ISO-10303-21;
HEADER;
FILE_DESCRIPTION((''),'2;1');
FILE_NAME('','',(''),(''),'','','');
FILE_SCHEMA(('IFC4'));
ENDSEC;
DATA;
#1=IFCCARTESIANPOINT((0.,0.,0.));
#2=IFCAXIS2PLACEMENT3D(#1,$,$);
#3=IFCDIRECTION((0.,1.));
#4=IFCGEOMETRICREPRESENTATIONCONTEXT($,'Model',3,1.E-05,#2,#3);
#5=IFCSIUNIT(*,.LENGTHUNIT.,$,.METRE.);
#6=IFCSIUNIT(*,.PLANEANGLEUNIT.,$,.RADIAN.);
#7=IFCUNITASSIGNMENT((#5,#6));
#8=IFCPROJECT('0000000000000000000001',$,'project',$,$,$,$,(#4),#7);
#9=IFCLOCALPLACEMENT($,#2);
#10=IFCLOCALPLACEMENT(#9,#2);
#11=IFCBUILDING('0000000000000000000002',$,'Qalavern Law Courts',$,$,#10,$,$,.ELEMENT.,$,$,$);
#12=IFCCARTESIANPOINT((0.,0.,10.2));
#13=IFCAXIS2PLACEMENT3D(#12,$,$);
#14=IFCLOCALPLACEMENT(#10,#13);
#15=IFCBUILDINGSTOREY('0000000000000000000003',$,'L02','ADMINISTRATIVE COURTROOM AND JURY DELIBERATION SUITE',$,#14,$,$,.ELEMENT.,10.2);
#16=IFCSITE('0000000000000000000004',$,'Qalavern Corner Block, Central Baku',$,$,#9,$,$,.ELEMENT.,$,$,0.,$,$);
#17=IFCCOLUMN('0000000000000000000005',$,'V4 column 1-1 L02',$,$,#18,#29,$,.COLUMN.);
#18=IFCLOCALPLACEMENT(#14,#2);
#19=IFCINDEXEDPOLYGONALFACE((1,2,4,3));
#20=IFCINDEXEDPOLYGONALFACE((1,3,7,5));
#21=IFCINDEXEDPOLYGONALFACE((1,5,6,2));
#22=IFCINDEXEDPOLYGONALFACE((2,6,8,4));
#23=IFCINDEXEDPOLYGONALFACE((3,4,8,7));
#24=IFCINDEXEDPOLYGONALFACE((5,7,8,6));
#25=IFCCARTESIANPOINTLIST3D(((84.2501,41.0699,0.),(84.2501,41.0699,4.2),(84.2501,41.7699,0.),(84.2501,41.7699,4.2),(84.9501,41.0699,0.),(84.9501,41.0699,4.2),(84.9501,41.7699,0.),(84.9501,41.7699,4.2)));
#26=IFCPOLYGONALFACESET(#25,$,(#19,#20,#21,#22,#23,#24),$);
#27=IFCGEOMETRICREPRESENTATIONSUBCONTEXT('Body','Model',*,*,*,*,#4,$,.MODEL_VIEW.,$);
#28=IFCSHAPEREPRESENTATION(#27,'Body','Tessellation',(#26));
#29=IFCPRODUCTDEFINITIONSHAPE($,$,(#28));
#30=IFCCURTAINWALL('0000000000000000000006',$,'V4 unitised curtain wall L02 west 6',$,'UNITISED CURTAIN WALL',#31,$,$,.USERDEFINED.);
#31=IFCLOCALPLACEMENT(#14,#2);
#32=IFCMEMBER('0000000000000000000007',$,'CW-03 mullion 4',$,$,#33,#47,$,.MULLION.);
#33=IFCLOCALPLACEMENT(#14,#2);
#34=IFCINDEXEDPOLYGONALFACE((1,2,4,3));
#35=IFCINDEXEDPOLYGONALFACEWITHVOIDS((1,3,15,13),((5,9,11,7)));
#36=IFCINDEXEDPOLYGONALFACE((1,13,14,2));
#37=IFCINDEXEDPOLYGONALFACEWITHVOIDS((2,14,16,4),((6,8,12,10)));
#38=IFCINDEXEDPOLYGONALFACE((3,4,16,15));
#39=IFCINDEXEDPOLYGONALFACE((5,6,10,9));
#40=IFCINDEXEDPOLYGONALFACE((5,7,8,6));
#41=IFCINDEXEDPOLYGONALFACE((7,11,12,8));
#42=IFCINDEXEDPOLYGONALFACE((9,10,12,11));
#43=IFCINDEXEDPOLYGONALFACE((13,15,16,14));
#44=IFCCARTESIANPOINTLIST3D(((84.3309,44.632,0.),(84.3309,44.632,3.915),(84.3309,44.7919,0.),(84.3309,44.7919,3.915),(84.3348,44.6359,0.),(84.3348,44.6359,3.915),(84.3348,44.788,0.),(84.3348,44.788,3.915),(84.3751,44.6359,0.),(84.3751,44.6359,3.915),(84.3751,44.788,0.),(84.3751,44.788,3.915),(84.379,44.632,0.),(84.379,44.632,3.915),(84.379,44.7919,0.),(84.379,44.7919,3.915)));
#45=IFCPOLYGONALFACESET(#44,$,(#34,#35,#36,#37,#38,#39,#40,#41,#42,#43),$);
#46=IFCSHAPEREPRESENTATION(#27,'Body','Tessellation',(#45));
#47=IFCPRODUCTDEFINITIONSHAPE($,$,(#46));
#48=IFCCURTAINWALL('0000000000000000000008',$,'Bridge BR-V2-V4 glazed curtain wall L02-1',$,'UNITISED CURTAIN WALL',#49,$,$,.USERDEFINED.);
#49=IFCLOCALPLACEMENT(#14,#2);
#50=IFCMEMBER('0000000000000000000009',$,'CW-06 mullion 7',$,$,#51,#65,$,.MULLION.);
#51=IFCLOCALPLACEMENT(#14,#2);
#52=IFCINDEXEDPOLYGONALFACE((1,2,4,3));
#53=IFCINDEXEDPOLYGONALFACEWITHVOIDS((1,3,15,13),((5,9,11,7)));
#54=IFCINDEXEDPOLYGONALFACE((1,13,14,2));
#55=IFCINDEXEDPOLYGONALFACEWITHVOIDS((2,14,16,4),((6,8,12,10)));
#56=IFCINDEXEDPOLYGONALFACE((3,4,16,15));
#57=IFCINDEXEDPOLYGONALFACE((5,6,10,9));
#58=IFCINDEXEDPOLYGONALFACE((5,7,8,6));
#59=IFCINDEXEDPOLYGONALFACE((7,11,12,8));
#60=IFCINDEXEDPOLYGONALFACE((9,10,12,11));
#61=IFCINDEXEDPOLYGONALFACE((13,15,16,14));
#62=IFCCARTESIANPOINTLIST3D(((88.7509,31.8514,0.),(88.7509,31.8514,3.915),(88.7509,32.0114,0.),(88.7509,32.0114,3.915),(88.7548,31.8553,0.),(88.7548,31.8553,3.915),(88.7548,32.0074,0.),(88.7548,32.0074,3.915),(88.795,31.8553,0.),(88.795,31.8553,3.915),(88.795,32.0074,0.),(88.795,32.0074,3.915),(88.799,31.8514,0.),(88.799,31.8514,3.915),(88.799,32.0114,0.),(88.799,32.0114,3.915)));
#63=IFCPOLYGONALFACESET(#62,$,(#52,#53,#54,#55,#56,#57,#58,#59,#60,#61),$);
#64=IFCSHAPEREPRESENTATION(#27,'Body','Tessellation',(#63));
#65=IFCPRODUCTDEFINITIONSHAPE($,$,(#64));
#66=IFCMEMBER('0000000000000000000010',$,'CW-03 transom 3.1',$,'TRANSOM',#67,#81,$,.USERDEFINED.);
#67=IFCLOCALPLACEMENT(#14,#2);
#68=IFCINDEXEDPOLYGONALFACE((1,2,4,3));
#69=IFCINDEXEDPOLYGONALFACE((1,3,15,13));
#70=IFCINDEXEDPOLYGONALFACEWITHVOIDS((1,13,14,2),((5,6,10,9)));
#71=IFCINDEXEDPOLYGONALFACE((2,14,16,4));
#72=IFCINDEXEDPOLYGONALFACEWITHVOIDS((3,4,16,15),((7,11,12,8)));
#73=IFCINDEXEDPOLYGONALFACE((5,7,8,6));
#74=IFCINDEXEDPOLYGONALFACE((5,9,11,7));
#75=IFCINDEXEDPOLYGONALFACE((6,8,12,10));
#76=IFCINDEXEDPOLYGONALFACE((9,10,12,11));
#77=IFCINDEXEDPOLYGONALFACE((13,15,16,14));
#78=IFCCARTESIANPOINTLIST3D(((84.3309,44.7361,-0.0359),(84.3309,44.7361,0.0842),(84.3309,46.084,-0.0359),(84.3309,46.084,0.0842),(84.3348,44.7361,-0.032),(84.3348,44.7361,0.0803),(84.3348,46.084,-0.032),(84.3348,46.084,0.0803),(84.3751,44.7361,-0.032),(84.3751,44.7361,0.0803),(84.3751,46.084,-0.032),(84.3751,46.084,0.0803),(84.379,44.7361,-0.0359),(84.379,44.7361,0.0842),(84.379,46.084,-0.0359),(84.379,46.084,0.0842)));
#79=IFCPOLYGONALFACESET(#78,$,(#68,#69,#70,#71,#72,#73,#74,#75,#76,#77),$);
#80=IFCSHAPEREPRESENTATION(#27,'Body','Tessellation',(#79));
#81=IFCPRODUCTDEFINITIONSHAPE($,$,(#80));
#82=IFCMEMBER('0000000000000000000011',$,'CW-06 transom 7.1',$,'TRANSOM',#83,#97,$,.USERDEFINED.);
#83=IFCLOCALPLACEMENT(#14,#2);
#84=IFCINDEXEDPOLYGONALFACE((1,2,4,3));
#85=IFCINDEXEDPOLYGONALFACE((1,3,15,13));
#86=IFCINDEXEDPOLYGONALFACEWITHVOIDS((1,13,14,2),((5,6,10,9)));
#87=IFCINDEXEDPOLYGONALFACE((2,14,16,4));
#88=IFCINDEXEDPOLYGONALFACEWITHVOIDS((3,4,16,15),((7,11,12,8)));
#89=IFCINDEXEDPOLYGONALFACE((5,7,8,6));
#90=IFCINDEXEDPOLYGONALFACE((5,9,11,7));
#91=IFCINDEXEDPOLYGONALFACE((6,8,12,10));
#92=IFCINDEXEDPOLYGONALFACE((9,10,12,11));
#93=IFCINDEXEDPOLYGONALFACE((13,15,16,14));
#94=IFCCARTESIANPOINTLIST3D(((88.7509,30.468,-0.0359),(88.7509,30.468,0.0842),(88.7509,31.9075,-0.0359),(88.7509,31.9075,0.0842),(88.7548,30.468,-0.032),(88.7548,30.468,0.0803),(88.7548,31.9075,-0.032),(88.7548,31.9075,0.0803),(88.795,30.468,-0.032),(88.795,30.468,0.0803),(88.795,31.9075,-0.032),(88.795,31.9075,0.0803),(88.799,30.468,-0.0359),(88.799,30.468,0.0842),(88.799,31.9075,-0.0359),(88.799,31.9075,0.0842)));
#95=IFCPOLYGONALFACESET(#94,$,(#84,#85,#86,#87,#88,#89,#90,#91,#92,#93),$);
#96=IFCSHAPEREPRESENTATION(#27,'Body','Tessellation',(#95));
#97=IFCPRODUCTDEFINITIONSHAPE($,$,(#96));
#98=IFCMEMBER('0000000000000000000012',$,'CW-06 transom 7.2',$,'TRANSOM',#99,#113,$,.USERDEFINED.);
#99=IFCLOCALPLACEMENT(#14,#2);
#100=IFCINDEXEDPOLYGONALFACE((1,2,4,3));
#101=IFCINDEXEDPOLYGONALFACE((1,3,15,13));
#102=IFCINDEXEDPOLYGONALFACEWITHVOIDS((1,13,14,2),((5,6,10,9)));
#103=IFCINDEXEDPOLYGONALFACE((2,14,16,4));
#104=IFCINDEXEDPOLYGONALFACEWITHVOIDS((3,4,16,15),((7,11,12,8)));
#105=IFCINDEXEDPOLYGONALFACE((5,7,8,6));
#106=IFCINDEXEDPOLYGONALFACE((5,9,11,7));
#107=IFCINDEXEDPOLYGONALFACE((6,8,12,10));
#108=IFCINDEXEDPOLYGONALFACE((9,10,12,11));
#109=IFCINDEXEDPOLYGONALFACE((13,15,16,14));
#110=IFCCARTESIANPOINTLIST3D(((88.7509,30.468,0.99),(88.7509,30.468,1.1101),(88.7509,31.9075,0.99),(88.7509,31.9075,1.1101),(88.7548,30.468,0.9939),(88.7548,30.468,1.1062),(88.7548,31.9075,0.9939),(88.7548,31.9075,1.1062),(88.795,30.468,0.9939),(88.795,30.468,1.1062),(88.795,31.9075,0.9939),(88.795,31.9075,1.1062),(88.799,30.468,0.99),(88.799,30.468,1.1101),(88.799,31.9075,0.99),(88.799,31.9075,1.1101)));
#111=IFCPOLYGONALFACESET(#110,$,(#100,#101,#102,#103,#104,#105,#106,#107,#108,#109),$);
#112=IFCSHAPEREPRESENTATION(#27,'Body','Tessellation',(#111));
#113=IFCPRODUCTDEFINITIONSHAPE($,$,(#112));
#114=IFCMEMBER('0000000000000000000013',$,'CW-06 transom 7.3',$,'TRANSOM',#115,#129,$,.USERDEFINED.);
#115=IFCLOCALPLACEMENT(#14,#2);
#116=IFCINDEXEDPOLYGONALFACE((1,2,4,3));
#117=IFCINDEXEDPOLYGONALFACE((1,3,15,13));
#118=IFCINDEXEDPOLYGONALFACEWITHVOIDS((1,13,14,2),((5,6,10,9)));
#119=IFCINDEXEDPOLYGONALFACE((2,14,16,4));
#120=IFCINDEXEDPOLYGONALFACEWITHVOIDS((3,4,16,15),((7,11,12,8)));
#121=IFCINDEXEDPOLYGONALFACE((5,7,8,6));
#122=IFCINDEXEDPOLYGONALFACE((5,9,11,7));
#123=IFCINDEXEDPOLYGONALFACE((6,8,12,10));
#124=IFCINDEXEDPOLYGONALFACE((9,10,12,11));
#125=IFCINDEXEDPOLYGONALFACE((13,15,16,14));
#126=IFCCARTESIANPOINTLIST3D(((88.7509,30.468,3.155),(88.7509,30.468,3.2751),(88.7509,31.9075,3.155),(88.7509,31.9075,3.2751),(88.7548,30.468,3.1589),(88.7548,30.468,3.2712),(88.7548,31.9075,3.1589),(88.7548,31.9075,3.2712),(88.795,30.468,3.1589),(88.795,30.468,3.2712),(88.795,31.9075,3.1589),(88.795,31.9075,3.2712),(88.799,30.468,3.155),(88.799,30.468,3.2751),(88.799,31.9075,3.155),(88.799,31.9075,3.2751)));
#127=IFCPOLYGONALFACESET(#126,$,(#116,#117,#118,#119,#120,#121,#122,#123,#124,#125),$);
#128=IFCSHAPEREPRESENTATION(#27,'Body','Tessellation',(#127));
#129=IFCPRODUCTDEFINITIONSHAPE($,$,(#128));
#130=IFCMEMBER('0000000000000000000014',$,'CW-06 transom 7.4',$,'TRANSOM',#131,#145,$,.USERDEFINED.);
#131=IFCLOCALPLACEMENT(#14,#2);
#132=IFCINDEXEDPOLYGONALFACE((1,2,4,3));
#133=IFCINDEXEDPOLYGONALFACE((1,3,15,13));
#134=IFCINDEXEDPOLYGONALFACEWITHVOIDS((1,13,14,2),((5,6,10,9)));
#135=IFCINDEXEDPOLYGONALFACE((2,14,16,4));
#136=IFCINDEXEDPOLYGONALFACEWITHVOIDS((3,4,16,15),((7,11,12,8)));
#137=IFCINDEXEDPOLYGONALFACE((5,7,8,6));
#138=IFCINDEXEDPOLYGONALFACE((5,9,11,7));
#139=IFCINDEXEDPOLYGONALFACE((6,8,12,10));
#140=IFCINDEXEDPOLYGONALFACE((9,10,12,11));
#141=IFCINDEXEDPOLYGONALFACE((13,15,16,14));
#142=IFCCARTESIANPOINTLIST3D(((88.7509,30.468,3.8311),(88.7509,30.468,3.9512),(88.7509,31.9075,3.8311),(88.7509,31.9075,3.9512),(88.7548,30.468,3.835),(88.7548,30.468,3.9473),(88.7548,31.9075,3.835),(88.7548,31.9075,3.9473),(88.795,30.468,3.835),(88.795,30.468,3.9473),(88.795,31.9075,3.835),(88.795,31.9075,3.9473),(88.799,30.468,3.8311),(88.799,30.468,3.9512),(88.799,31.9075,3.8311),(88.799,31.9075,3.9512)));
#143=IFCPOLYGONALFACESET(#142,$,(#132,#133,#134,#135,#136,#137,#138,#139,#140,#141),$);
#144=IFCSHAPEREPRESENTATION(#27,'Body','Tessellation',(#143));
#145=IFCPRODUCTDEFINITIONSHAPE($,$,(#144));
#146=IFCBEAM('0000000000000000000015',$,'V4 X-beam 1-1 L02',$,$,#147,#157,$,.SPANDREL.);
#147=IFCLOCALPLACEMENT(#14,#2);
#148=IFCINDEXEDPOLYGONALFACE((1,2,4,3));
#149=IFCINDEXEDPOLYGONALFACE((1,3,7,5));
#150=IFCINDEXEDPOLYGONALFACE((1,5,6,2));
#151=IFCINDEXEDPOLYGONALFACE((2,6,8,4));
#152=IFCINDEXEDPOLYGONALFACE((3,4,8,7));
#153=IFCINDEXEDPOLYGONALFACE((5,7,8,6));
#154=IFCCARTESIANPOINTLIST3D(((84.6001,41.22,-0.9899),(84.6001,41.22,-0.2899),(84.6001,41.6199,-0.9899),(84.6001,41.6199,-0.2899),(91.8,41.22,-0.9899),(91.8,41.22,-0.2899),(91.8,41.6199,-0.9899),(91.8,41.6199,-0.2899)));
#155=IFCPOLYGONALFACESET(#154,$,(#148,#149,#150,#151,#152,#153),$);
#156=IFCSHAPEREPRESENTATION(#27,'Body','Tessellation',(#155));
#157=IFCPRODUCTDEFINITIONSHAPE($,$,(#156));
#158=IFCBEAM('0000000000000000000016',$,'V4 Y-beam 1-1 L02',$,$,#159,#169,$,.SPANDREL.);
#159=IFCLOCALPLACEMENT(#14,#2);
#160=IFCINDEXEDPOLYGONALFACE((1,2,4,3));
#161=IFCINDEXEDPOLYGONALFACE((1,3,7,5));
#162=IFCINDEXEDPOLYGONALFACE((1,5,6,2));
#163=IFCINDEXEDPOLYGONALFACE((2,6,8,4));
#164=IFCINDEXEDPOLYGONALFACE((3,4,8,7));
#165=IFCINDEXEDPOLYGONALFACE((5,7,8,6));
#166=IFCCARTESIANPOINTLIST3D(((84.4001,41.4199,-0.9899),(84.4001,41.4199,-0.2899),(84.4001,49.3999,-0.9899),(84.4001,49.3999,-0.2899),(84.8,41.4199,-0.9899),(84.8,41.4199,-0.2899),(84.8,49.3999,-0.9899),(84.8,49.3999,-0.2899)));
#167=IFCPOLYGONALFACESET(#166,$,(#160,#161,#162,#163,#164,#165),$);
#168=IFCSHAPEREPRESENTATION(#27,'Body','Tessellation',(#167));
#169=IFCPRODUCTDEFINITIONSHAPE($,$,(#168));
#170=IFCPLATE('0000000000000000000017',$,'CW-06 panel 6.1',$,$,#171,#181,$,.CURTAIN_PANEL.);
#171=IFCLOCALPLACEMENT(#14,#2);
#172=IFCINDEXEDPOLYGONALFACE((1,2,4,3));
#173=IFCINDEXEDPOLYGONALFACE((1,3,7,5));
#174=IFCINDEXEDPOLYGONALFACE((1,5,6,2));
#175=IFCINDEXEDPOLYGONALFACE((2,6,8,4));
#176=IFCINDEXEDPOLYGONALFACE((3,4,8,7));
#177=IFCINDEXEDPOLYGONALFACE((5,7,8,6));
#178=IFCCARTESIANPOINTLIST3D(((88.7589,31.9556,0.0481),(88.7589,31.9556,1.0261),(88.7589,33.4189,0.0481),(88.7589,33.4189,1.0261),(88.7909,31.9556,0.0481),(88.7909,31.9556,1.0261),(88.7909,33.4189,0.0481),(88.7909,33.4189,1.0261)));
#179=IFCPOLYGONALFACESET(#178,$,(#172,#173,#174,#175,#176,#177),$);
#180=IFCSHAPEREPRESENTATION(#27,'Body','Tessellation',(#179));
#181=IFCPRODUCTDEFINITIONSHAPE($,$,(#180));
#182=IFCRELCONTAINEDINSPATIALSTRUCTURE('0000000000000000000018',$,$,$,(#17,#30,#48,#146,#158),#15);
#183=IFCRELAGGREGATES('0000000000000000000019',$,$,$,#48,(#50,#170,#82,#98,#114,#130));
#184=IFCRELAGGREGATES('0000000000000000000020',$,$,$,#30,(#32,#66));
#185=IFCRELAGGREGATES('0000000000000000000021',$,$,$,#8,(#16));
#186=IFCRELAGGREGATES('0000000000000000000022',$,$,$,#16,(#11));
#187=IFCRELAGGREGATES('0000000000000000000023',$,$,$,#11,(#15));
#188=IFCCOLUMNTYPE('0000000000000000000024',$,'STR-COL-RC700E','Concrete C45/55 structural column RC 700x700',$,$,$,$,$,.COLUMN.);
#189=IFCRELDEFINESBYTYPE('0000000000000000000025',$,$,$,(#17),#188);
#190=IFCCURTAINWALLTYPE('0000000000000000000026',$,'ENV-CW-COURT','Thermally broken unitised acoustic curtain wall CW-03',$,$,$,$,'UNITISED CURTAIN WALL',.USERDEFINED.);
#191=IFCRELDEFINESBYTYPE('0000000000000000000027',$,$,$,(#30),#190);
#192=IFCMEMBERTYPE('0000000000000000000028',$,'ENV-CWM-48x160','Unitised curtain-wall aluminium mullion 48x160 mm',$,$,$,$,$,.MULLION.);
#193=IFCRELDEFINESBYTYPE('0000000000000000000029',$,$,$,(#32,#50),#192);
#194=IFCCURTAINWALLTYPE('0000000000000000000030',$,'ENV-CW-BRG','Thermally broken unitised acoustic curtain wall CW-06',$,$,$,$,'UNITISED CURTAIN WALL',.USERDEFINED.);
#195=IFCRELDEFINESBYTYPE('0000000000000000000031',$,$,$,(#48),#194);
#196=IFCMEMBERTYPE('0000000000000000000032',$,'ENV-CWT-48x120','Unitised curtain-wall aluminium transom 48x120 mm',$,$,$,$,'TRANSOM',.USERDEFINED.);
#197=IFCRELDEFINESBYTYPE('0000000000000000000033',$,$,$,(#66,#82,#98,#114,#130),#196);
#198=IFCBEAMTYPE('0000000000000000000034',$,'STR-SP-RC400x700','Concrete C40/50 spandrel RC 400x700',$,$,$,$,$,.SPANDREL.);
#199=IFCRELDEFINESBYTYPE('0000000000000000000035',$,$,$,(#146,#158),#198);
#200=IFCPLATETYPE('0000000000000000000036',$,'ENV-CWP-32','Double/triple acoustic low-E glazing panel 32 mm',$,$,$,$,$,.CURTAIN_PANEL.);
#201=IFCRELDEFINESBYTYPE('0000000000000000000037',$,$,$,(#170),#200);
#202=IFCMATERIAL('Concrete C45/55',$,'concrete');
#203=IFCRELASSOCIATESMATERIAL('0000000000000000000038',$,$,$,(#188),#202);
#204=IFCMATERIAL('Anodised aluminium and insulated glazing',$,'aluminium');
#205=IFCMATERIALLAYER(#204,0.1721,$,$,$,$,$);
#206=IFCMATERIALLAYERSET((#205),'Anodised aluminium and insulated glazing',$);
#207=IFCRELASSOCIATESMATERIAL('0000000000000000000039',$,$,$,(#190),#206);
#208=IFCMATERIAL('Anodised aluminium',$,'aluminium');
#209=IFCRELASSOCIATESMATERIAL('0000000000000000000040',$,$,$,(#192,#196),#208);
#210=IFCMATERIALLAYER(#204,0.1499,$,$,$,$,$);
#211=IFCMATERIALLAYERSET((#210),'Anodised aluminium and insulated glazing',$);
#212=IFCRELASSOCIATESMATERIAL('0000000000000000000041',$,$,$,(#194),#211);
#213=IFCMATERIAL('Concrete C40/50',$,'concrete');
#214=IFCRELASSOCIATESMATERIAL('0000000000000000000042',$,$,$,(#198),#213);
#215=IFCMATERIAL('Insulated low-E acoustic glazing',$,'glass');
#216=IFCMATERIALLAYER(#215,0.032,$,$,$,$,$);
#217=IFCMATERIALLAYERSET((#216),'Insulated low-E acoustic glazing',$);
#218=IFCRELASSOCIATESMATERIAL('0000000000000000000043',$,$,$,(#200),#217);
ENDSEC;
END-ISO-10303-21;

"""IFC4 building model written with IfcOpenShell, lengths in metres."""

from ifc_helpers import new_model, si_unit, direction, frame, origin, origin_2d, place, context, subcontext, project, spatial, rectangle, hollow_rectangle, extrude, material, layer, layer_set, material_profile, profile_set, type_object, element, aggregate, save


model = new_model("IFC4")

# Units and contexts
model_context = context("Model", 3, precision=1e-05, world=origin(), true_north=direction((0.0, 1.0)))
body_context = subcontext(model_context, "Body", "Model", "MODEL_VIEW")
ifc_project = project(units=[si_unit("LENGTHUNIT", "METRE"), si_unit("PLANEANGLEUNIT", "RADIAN")], contexts=[model_context])

# Site, building, storey
site_placement = place(None, origin())
site = spatial("IfcSite", under=ifc_project, at=site_placement, Name="Qalavern Corner Block, Central Baku", CompositionType="ELEMENT", RefElevation=0.0)
building_placement = place(site_placement, origin())
building = spatial("IfcBuilding", under=site, at=building_placement, Name="Qalavern Law Courts", CompositionType="ELEMENT")
storey_placement = place(building_placement, frame((0.0, 0.0, 10.2)))
storey = spatial("IfcBuildingStorey", under=building, at=storey_placement, Name="L02", Description="ADMINISTRATIVE COURTROOM AND JURY DELIBERATION SUITE", CompositionType="ELEMENT", Elevation=10.2)

# Column
ifc_material_1 = material(Name="Concrete C45/55", Category="concrete")
ifc_material_profile_1 = material_profile(ifc_material_1, rectangle(XDim=0.7, YDim=0.7, at=origin_2d()), Name="RC 700x700")
ifc_profile_set_1 = profile_set([ifc_material_profile_1], Name="Concrete C45/55")
column_type = type_object("IfcColumnType", Name="STR-COL-RC700E", Description="Concrete C45/55 structural column RC 700x700", PredefinedType="COLUMN", material=ifc_profile_set_1)
column_placement = place(storey_placement, frame((84.6001, 41.4199, 0.0), z_axis=(0.0, 0.0, 1.0), x_axis=(1.0, 0.0, 0.0)))
element("IfcColumn", 1, at=column_placement, inside=storey, type_object=column_type, Name="V4 column 1-1 L02", PredefinedType="COLUMN", context=body_context, shape_type="SweptSolid", body=[
    extrude(rectangle(XDim=0.7, YDim=0.7, at=origin_2d()), origin(), (0.0, 0.0, 1.0), 4.2),
])

# Curtain walls, members
ifc_material_2 = material(Name="Anodised aluminium and insulated glazing", Category="aluminium")
ifc_layer_1 = layer(ifc_material_2, 0.1721)
ifc_layer_set_1 = layer_set([ifc_layer_1], Name="Anodised aluminium and insulated glazing")
curtain_wall_type_1 = type_object("IfcCurtainWallType", Name="ENV-CW-COURT", Description="Thermally broken unitised acoustic curtain wall CW-03", ElementType="UNITISED CURTAIN WALL", PredefinedType="USERDEFINED", material=ifc_layer_set_1)
curtain_wall_1_placement = place(storey_placement, origin())
curtain_wall_1 = element("IfcCurtainWall", 2, at=curtain_wall_1_placement, inside=storey, type_object=curtain_wall_type_1, Name="V4 unitised curtain wall L02 west 6", ObjectType="UNITISED CURTAIN WALL", PredefinedType="USERDEFINED")
ifc_material_3 = material(Name="Anodised aluminium", Category="aluminium")
ifc_material_profile_2 = material_profile(ifc_material_3, hollow_rectangle(XDim=0.0481, YDim=0.1599, WallThickness=0.0039, at=origin_2d()), Name="ALU MULLION 48x160")
ifc_profile_set_2 = profile_set([ifc_material_profile_2], Name="Anodised aluminium")
member_type_1 = type_object("IfcMemberType", Name="ENV-CWM-48x160", Description="Unitised curtain-wall aluminium mullion 48x160 mm", PredefinedType="MULLION", material=ifc_profile_set_2)
member_1_placement = place(storey_placement, frame((84.355, 44.7119, 0.0), z_axis=(0.0, 0.0, 1.0), x_axis=(1.0, 0.0, 0.0)))
member_1 = element("IfcMember", 3, at=member_1_placement, type_object=member_type_1, Name="CW-03 mullion 4", PredefinedType="MULLION", context=body_context, shape_type="SweptSolid", body=[
    extrude(hollow_rectangle(XDim=0.0481, YDim=0.1599, WallThickness=0.0039, at=origin_2d()), origin(), (0.0, 0.0, 1.0), 3.915),
])
ifc_layer_2 = layer(ifc_material_2, 0.1499)
ifc_layer_set_2 = layer_set([ifc_layer_2], Name="Anodised aluminium and insulated glazing")
curtain_wall_type_2 = type_object("IfcCurtainWallType", Name="ENV-CW-BRG", Description="Thermally broken unitised acoustic curtain wall CW-06", ElementType="UNITISED CURTAIN WALL", PredefinedType="USERDEFINED", material=ifc_layer_set_2)
curtain_wall_2_placement = place(storey_placement, origin())
curtain_wall_2 = element("IfcCurtainWall", 4, at=curtain_wall_2_placement, inside=storey, type_object=curtain_wall_type_2, Name="Bridge BR-V2-V4 glazed curtain wall L02-1", ObjectType="UNITISED CURTAIN WALL", PredefinedType="USERDEFINED")
member_2_placement = place(storey_placement, frame((88.7749, 31.9314, 0.0), z_axis=(0.0, 0.0, 1.0), x_axis=(1.0, 0.0, 0.0)))
member_2 = element("IfcMember", 5, at=member_2_placement, type_object=member_type_1, Name="CW-06 mullion 7", PredefinedType="MULLION", context=body_context, shape_type="SweptSolid", body=[
    extrude(hollow_rectangle(XDim=0.0481, YDim=0.1599, WallThickness=0.0039, at=origin_2d()), origin(), (0.0, 0.0, 1.0), 3.915),
])

# Members
ifc_material_profile_3 = material_profile(ifc_material_3, hollow_rectangle(XDim=0.0481, YDim=0.1201, WallThickness=0.0039, at=origin_2d()), Name="ALU TRANSOM 48x120")
ifc_profile_set_3 = profile_set([ifc_material_profile_3], Name="Anodised aluminium")
member_type_2 = type_object("IfcMemberType", Name="ENV-CWT-48x120", Description="Unitised curtain-wall aluminium transom 48x120 mm", ElementType="TRANSOM", PredefinedType="USERDEFINED", material=ifc_profile_set_3)
member_3_placement = place(storey_placement, frame((84.355, 46.084, 0.0242), z_axis=(0.0, -1.0, 0.0), x_axis=(1.0, 0.0, 0.0)))
member_3 = element("IfcMember", 6, at=member_3_placement, type_object=member_type_2, Name="CW-03 transom 3.1", ObjectType="TRANSOM", PredefinedType="USERDEFINED", context=body_context, shape_type="SweptSolid", body=[
    extrude(hollow_rectangle(XDim=0.0481, YDim=0.1201, WallThickness=0.0039, at=origin_2d()), origin(), (0.0, 0.0, 1.0), 1.3479),
])
member_4_placement = place(storey_placement, frame((88.7749, 31.9075, 0.0242), z_axis=(0.0, -1.0, 0.0), x_axis=(1.0, 0.0, 0.0)))
member_4 = element("IfcMember", 7, at=member_4_placement, type_object=member_type_2, Name="CW-06 transom 7.1", ObjectType="TRANSOM", PredefinedType="USERDEFINED", context=body_context, shape_type="SweptSolid", body=[
    extrude(hollow_rectangle(XDim=0.0481, YDim=0.1201, WallThickness=0.0039, at=origin_2d()), origin(), (0.0, 0.0, 1.0), 1.4395),
])
member_5_placement = place(storey_placement, frame((88.7749, 31.9075, 1.05), z_axis=(0.0, -1.0, 0.0), x_axis=(1.0, 0.0, 0.0)))
member_5 = element("IfcMember", 8, at=member_5_placement, type_object=member_type_2, Name="CW-06 transom 7.2", ObjectType="TRANSOM", PredefinedType="USERDEFINED", context=body_context, shape_type="SweptSolid", body=[
    extrude(hollow_rectangle(XDim=0.0481, YDim=0.1201, WallThickness=0.0039, at=origin_2d()), origin(), (0.0, 0.0, 1.0), 1.4395),
])
member_6_placement = place(storey_placement, frame((88.7749, 31.9075, 3.2151), z_axis=(0.0, -1.0, 0.0), x_axis=(1.0, 0.0, 0.0)))
member_6 = element("IfcMember", 9, at=member_6_placement, type_object=member_type_2, Name="CW-06 transom 7.3", ObjectType="TRANSOM", PredefinedType="USERDEFINED", context=body_context, shape_type="SweptSolid", body=[
    extrude(hollow_rectangle(XDim=0.0481, YDim=0.1201, WallThickness=0.0039, at=origin_2d()), origin(), (0.0, 0.0, 1.0), 1.4395),
])
member_7_placement = place(storey_placement, frame((88.7749, 31.9075, 3.8911), z_axis=(0.0, -1.0, 0.0), x_axis=(1.0, 0.0, 0.0)))
member_7 = element("IfcMember", 10, at=member_7_placement, type_object=member_type_2, Name="CW-06 transom 7.4", ObjectType="TRANSOM", PredefinedType="USERDEFINED", context=body_context, shape_type="SweptSolid", body=[
    extrude(hollow_rectangle(XDim=0.0481, YDim=0.1201, WallThickness=0.0039, at=origin_2d()), origin(), (0.0, 0.0, 1.0), 1.4395),
])

# Beams
ifc_material_4 = material(Name="Concrete C40/50", Category="concrete")
ifc_material_profile_4 = material_profile(ifc_material_4, rectangle(XDim=0.3999, YDim=0.7, at=origin_2d()), Name="RC 400x700")
ifc_profile_set_4 = profile_set([ifc_material_profile_4], Name="Concrete C40/50")
beam_type = type_object("IfcBeamType", Name="STR-SP-RC400x700", Description="Concrete C40/50 spandrel RC 400x700", PredefinedType="SPANDREL", material=ifc_profile_set_4)
beam_1_placement = place(storey_placement, frame((84.6001, 41.4199, -0.6399), z_axis=(1.0, 0.0, 0.0), x_axis=(0.0, 1.0, 0.0)))
element("IfcBeam", 11, at=beam_1_placement, inside=storey, type_object=beam_type, Name="V4 X-beam 1-1 L02", PredefinedType="SPANDREL", context=body_context, shape_type="SweptSolid", body=[
    extrude(rectangle(XDim=0.3999, YDim=0.7, at=origin_2d()), origin(), (0.0, 0.0, 1.0), 7.2),
])
beam_2_placement = place(storey_placement, frame((84.6001, 41.4199, -0.6399), z_axis=(0.0, 1.0, 0.0), x_axis=(-1.0, 0.0, 0.0)))
element("IfcBeam", 12, at=beam_2_placement, inside=storey, type_object=beam_type, Name="V4 Y-beam 1-1 L02", PredefinedType="SPANDREL", context=body_context, shape_type="SweptSolid", body=[
    extrude(rectangle(XDim=0.3999, YDim=0.7, at=origin_2d()), origin(), (0.0, 0.0, 1.0), 7.98),
])

# Plate
ifc_material_5 = material(Name="Insulated low-E acoustic glazing", Category="glass")
ifc_layer_3 = layer(ifc_material_5, 0.032)
ifc_layer_set_3 = layer_set([ifc_layer_3], Name="Insulated low-E acoustic glazing")
plate_type_1 = type_object("IfcPlateType", Name="ENV-CWP-32", Description="Double/triple acoustic low-E glazing panel 32 mm", PredefinedType="CURTAIN_PANEL", material=ifc_layer_set_3)
plate_1_placement = place(storey_placement, frame((88.7749, 32.6873, 0.0481), z_axis=(0.0, 0.0, 1.0), x_axis=(0.0, -1.0, 0.0)))
plate_1 = element("IfcPlate", 13, at=plate_1_placement, type_object=plate_type_1, Name="CW-06 panel 6.1", PredefinedType="CURTAIN_PANEL", context=body_context, shape_type="SweptSolid", body=[
    extrude(rectangle(XDim=1.4634, YDim=0.032, at=origin_2d()), origin(), (0.0, 0.0, 1.0), 0.978),
])
aggregate(curtain_wall_2, [member_2, plate_1, member_4, member_5, member_6, member_7])
aggregate(curtain_wall_1, [member_1, member_3])

save(model, "model.ifc")
